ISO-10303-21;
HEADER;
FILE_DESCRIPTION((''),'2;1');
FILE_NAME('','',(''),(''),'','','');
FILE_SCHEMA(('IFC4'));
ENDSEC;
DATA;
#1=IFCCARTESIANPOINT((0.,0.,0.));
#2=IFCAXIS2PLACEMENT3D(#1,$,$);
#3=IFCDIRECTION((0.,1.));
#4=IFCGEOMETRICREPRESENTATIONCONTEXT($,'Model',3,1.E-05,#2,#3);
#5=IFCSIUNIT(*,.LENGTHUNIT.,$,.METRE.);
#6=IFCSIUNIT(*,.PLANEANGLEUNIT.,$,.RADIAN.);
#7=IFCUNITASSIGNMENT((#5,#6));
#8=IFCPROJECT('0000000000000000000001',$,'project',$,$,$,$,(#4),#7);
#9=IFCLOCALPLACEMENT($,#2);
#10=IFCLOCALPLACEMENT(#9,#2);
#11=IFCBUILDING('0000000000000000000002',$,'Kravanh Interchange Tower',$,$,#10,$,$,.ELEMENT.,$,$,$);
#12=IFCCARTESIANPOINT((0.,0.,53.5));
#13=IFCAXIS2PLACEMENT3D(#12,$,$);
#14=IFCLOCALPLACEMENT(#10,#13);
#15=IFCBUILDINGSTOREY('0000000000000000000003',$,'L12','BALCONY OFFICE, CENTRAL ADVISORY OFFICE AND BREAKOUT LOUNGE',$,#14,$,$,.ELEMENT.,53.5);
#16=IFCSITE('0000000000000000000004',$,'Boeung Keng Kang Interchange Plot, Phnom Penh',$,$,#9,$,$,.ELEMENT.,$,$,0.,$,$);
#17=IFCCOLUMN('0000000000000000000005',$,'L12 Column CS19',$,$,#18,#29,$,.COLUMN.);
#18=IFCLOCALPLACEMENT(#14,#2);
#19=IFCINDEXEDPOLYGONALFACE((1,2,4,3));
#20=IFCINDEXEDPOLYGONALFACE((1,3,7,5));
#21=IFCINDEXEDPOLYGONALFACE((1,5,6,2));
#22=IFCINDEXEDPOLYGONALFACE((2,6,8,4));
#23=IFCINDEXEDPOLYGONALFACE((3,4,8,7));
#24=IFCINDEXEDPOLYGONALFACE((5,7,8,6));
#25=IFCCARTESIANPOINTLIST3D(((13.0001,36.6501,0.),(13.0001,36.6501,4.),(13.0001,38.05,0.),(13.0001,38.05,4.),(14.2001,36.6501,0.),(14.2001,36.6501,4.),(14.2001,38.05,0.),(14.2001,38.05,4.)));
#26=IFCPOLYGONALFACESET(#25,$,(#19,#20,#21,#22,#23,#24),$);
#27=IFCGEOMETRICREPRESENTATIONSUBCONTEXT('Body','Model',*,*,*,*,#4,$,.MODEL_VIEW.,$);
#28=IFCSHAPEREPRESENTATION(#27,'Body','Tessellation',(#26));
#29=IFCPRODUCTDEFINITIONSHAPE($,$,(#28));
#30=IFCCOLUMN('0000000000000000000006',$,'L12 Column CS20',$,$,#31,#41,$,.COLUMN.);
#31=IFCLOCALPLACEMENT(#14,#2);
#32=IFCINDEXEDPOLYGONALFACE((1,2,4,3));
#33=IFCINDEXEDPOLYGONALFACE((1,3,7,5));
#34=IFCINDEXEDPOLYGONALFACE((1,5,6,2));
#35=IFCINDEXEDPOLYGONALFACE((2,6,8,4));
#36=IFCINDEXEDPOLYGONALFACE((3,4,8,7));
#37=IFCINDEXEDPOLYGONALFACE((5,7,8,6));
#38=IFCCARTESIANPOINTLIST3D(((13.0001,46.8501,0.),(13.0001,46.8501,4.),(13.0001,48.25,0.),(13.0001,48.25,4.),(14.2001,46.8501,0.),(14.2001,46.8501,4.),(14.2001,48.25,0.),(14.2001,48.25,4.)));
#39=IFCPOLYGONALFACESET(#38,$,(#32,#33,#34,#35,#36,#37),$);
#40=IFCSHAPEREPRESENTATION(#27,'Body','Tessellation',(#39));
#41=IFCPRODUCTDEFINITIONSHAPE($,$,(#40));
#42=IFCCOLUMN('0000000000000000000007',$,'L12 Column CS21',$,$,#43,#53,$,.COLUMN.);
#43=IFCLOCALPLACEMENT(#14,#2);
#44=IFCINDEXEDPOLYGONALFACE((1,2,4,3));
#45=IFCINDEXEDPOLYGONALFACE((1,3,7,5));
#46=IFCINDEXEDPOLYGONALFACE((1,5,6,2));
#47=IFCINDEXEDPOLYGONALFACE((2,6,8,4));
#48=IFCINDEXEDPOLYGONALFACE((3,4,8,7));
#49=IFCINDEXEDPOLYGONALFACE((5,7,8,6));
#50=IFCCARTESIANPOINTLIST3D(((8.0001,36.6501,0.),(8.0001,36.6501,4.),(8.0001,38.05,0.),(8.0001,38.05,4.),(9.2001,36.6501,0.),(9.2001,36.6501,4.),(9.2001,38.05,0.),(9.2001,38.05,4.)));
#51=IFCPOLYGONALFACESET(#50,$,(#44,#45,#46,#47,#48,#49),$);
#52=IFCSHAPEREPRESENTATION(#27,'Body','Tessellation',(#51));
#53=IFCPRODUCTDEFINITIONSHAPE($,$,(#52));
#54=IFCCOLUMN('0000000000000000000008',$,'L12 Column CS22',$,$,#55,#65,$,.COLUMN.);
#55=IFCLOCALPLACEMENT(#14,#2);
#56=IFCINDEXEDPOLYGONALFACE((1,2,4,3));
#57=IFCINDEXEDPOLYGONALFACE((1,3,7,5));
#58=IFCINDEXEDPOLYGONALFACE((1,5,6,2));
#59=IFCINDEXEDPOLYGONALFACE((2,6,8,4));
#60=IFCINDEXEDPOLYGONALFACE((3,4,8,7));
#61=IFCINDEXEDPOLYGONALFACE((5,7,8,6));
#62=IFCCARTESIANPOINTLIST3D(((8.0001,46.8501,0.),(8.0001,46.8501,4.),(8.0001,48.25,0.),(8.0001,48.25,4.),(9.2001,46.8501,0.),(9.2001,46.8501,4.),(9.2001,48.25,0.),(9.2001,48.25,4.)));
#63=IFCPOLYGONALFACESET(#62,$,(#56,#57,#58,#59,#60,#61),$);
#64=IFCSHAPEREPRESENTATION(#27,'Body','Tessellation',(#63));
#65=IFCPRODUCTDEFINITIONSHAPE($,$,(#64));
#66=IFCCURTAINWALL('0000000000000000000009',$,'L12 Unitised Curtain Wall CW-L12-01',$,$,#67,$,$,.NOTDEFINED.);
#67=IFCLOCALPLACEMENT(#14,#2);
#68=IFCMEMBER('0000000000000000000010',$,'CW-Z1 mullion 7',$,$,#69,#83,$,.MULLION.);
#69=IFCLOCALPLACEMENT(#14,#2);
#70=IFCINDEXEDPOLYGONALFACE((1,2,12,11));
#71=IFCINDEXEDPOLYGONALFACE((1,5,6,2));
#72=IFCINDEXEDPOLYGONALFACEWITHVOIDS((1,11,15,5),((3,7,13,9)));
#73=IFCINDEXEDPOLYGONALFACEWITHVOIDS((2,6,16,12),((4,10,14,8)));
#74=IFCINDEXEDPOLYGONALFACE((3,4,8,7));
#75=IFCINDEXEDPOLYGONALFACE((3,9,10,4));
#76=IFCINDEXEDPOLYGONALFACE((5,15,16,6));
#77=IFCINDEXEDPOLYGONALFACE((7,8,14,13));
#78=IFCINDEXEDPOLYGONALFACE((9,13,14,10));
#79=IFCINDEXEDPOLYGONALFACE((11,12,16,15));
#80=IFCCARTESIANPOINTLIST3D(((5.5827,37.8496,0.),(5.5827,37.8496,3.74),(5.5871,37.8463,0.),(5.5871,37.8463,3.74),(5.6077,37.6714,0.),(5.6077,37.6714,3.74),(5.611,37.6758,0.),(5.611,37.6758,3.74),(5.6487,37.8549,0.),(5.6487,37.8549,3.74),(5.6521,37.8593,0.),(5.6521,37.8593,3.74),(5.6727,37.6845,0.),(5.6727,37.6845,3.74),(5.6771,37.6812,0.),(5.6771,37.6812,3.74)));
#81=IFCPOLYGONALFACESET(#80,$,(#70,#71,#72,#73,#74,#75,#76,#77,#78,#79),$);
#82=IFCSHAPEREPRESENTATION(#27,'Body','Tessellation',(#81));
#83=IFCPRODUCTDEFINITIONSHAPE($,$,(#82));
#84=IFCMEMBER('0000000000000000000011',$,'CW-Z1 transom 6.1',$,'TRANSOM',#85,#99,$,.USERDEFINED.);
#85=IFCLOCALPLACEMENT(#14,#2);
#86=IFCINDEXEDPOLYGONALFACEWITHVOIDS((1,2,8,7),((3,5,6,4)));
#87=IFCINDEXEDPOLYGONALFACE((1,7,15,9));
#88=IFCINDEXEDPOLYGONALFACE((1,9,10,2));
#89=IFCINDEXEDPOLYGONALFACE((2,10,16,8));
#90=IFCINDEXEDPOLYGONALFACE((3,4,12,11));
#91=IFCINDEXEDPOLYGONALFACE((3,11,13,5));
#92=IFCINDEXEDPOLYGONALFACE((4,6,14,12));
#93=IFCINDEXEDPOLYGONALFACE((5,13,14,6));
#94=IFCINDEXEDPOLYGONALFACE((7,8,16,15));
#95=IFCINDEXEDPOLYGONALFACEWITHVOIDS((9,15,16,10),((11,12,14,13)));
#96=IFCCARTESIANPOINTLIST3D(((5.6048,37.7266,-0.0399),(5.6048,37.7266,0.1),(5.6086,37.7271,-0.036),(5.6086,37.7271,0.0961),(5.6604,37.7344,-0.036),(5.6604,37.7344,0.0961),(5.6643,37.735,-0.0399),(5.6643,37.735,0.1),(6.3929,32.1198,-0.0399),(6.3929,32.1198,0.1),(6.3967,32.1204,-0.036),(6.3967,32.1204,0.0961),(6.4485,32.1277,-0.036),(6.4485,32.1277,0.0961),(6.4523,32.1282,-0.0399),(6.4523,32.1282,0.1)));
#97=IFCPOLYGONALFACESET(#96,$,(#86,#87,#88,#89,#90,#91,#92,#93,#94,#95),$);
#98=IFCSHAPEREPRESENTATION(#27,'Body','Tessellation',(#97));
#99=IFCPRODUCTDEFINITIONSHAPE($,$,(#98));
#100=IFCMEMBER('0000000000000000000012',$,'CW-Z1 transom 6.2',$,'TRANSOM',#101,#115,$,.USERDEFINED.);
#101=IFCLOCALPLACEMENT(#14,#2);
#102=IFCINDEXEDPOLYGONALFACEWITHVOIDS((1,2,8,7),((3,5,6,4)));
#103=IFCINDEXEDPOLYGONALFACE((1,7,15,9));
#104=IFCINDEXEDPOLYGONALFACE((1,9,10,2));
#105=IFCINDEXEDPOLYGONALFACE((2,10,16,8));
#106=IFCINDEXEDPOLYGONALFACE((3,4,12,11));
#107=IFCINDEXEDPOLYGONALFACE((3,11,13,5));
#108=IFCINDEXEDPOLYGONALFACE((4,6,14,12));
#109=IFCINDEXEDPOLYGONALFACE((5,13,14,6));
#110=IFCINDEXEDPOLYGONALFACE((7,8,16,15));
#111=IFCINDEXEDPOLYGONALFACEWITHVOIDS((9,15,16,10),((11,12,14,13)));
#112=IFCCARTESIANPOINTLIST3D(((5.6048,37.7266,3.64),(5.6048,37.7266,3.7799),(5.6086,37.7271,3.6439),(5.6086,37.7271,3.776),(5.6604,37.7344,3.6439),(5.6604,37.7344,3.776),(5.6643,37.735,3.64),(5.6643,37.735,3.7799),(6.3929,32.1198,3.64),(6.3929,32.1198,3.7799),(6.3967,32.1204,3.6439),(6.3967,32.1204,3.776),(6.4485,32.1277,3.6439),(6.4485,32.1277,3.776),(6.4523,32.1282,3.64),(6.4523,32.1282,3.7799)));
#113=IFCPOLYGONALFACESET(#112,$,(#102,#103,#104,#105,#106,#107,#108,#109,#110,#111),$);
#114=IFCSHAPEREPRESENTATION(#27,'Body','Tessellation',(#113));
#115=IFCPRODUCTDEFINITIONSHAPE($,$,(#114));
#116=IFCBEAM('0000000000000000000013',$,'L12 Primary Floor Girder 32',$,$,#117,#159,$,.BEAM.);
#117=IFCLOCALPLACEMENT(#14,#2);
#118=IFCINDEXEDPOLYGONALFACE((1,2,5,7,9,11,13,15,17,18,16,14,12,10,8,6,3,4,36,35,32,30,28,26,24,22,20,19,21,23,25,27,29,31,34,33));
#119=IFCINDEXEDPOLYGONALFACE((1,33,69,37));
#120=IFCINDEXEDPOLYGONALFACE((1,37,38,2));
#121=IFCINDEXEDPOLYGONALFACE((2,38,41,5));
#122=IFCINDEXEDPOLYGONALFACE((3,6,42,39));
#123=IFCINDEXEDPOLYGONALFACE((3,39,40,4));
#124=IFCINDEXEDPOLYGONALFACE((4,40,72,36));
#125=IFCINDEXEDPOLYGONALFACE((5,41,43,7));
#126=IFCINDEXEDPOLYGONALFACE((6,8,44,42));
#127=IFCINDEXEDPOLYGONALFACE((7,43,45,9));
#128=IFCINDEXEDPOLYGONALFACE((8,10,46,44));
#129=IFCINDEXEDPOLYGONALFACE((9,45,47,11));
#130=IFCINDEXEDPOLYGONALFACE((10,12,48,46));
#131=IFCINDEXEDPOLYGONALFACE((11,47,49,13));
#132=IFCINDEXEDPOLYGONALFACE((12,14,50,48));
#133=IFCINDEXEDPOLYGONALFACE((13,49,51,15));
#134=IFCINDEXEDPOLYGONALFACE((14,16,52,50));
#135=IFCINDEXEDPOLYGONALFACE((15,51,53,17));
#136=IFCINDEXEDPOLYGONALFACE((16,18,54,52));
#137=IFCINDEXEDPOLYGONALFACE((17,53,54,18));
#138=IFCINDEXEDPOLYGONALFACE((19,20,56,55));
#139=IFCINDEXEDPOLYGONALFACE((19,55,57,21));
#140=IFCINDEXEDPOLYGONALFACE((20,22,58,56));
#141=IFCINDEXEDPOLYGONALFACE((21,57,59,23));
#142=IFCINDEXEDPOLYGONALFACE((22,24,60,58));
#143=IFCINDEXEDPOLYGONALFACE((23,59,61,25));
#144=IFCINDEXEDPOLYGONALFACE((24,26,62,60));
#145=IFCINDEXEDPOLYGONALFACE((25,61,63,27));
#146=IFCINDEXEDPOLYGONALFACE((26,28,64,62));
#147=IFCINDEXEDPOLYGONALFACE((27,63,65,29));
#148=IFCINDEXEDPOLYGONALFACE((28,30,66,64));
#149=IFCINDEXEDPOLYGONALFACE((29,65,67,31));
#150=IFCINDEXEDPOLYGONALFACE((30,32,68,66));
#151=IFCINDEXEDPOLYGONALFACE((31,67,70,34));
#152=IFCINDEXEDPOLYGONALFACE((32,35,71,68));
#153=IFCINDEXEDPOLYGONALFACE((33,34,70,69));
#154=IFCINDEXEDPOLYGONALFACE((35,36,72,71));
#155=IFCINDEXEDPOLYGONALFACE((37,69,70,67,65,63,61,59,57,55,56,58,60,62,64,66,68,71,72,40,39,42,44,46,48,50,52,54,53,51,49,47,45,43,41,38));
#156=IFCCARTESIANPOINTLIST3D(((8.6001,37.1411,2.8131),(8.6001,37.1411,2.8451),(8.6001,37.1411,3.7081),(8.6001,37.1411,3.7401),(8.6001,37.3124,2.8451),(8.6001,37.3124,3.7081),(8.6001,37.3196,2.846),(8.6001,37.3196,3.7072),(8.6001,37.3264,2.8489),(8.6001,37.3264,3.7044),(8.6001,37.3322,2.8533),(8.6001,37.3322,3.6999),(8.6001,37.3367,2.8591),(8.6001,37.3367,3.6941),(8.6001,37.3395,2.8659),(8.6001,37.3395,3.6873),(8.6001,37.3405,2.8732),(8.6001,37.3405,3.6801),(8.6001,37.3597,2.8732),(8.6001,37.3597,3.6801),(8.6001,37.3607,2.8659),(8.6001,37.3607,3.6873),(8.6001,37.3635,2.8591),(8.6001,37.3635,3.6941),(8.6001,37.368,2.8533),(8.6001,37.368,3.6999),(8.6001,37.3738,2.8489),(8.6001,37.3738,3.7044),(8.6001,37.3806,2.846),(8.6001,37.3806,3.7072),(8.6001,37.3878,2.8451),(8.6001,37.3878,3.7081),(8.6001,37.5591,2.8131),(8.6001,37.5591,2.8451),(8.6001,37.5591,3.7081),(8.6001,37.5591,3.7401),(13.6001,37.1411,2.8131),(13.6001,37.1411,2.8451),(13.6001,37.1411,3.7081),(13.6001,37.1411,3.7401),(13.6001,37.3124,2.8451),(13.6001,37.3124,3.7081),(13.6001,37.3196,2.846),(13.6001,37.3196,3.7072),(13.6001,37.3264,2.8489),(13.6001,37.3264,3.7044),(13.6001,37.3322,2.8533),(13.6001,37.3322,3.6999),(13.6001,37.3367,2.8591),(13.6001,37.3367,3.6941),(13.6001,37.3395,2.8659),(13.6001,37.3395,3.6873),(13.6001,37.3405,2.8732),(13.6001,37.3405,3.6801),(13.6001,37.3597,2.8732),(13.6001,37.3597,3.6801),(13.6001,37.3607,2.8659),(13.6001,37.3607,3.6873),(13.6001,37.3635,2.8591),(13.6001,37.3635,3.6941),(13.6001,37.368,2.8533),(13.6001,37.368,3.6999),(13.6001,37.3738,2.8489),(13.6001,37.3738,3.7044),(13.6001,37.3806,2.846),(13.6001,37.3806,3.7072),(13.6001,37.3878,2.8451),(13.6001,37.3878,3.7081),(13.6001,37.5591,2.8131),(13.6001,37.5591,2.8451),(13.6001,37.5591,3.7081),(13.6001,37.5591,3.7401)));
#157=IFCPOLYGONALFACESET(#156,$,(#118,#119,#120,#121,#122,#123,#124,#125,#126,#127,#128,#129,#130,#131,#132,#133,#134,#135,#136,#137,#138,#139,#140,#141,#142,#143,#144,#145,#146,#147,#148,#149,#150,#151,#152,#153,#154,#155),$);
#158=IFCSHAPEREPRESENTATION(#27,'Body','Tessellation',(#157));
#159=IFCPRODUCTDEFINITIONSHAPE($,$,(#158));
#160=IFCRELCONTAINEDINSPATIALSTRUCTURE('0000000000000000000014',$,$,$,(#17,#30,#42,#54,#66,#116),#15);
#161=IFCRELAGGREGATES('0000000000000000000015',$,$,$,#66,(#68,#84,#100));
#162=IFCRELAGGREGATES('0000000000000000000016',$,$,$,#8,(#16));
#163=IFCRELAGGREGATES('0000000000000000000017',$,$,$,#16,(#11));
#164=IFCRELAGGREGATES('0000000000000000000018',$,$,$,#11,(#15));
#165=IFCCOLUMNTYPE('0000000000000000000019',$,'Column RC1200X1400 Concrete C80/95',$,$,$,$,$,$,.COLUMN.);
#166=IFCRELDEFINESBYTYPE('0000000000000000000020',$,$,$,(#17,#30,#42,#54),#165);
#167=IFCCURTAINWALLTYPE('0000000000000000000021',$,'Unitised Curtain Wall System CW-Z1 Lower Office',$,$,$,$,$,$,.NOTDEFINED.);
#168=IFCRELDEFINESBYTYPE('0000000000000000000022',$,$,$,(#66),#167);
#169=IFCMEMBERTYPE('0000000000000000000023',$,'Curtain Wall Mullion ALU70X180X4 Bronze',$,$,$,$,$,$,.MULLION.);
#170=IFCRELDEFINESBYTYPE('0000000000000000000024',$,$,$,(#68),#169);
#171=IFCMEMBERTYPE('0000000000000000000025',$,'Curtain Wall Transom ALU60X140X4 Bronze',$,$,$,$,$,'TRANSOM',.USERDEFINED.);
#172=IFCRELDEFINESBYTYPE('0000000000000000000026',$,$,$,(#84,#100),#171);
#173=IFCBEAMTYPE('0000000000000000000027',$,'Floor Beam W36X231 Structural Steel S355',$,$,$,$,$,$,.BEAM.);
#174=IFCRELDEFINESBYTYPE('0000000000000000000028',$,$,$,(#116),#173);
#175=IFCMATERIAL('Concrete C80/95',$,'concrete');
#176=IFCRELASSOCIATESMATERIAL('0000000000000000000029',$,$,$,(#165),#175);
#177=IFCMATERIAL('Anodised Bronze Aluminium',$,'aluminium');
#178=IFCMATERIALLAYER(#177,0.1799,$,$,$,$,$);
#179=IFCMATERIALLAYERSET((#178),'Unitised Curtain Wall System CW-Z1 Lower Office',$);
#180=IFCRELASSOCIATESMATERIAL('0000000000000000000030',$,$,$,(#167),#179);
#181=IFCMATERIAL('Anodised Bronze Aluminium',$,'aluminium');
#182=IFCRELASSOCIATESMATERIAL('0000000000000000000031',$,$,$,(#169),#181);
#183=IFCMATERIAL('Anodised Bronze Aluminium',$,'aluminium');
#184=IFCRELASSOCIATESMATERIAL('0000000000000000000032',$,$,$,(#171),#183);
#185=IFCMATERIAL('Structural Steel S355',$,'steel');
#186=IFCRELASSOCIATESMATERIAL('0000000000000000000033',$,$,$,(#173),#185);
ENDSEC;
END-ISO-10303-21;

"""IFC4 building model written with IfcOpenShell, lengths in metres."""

from ifc_helpers import new_model, si_unit, direction, frame, origin, origin_2d, place, context, subcontext, project, spatial, rectangle, hollow_rectangle, i_section, extrude, material, layer, layer_set, material_profile, profile_set, type_object, element, aggregate, save


model = new_model("IFC4")

# Units and contexts
model_context = context("Model", 3, precision=1e-05, world=origin(), true_north=direction((0.0, 1.0)))
body_context = subcontext(model_context, "Body", "Model", "MODEL_VIEW")
ifc_project = project(units=[si_unit("LENGTHUNIT", "METRE"), si_unit("PLANEANGLEUNIT", "RADIAN")], contexts=[model_context])

# Site, building, storey
site_placement = place(None, origin())
site = spatial("IfcSite", under=ifc_project, at=site_placement, Name="Boeung Keng Kang Interchange Plot, Phnom Penh", CompositionType="ELEMENT", RefElevation=0.0)
building_placement = place(site_placement, origin())
building = spatial("IfcBuilding", under=site, at=building_placement, Name="Kravanh Interchange Tower", CompositionType="ELEMENT")
storey_placement = place(building_placement, frame((0.0, 0.0, 53.5)))
storey = spatial("IfcBuildingStorey", under=building, at=storey_placement, Name="L12", Description="BALCONY OFFICE, CENTRAL ADVISORY OFFICE AND BREAKOUT LOUNGE", CompositionType="ELEMENT", Elevation=53.5)

# Columns
ifc_material_1 = material(Name="Concrete C80/95", Category="concrete")
ifc_material_profile_1 = material_profile(ifc_material_1, rectangle(XDim=1.2, YDim=1.3999, at=origin_2d()), Name="RC1200X1400")
ifc_profile_set_1 = profile_set([ifc_material_profile_1], Name="Concrete C80/95")
column_type = type_object("IfcColumnType", Name="Column RC1200X1400 Concrete C80/95", PredefinedType="COLUMN", material=ifc_profile_set_1)
for number, where, z_axis, x_axis, name in (
    (1, (13.6001, 37.3501, 0.0), (0.0, 0.0, 1.0), (1.0, 0.0, 0.0), "L12 Column CS19"),
    (2, (13.6001, 47.55, 0.0), (0.0, 0.0, 1.0), (1.0, 0.0, 0.0), "L12 Column CS20"),
    (3, (8.6001, 37.3501, 0.0), (0.0, 0.0, 1.0), (1.0, 0.0, 0.0), "L12 Column CS21"),
    (4, (8.6001, 47.55, 0.0), (0.0, 0.0, 1.0), (1.0, 0.0, 0.0), "L12 Column CS22"),
):
    element("IfcColumn", number, at=place(storey_placement, frame(where, z_axis=z_axis, x_axis=x_axis)), inside=storey, type_object=column_type, Name=name, PredefinedType="COLUMN", context=body_context, shape_type="SweptSolid", body=[
        extrude(rectangle(XDim=1.2, YDim=1.3999, at=origin_2d()), origin(), (0.0, 0.0, 1.0), 4.0),
    ])

# Curtain wall, members
ifc_material_2 = material(Name="Anodised Bronze Aluminium", Category="aluminium")
ifc_layer_1 = layer(ifc_material_2, 0.1799)
ifc_layer_set_1 = layer_set([ifc_layer_1], Name="Unitised Curtain Wall System CW-Z1 Lower Office")
curtain_wall_type = type_object("IfcCurtainWallType", Name="Unitised Curtain Wall System CW-Z1 Lower Office", PredefinedType="NOTDEFINED", material=ifc_layer_set_1)
curtain_wall_placement = place(storey_placement, origin())
curtain_wall = element("IfcCurtainWall", 5, at=curtain_wall_placement, inside=storey, type_object=curtain_wall_type, Name="L12 Unitised Curtain Wall CW-L12-01", PredefinedType="NOTDEFINED")
ifc_material_3 = material(Name="Anodised Bronze Aluminium", Category="aluminium")
ifc_material_profile_2 = material_profile(ifc_material_3, hollow_rectangle(XDim=0.0701, YDim=0.1799, WallThickness=0.0039, at=origin_2d()), Name="ALU70X180X4")
ifc_profile_set_2 = profile_set([ifc_material_profile_2], Name="Anodised Bronze Aluminium")
member_type_1 = type_object("IfcMemberType", Name="Curtain Wall Mullion ALU70X180X4 Bronze", PredefinedType="MULLION", material=ifc_profile_set_2)
member_1_placement = place(storey_placement, frame((5.6299, 37.7654, 0.0), z_axis=(0.0, 0.0, 1.0), x_axis=(-0.990268, -0.139177, 0.0)))
member_1 = element("IfcMember", 6, at=member_1_placement, type_object=member_type_1, Name="CW-Z1 mullion 7", PredefinedType="MULLION", context=body_context, shape_type="SweptSolid", body=[
    extrude(hollow_rectangle(XDim=0.0701, YDim=0.1799, WallThickness=0.0039, at=origin_2d()), origin(), (0.0, 0.0, 1.0), 3.74),
])
ifc_material_4 = material(Name="Anodised Bronze Aluminium", Category="aluminium")
ifc_material_profile_3 = material_profile(ifc_material_4, hollow_rectangle(XDim=0.0601, YDim=0.1399, WallThickness=0.0039, at=origin_2d()), Name="ALU60X140X4")
ifc_profile_set_3 = profile_set([ifc_material_profile_3], Name="Anodised Bronze Aluminium")
member_type_2 = type_object("IfcMemberType", Name="Curtain Wall Transom ALU60X140X4 Bronze", ElementType="TRANSOM", PredefinedType="USERDEFINED", material=ifc_profile_set_3)
member_2_placement = place(storey_placement, frame((6.4226, 32.124, 0.03), z_axis=(-0.139193, 0.990265, 0.0), x_axis=(-0.990265, -0.139193, 0.0)))
member_2 = element("IfcMember", 7, at=member_2_placement, type_object=member_type_2, Name="CW-Z1 transom 6.1", ObjectType="TRANSOM", PredefinedType="USERDEFINED", context=body_context, shape_type="SweptSolid", body=[
    extrude(hollow_rectangle(XDim=0.0601, YDim=0.1399, WallThickness=0.0039, at=origin_2d()), origin(), (0.0, 0.0, 1.0), 5.6619),
])
member_3_placement = place(storey_placement, frame((6.4226, 32.124, 3.71), z_axis=(-0.139193, 0.990265, 0.0), x_axis=(-0.990265, -0.139193, 0.0)))
member_3 = element("IfcMember", 8, at=member_3_placement, type_object=member_type_2, Name="CW-Z1 transom 6.2", ObjectType="TRANSOM", PredefinedType="USERDEFINED", context=body_context, shape_type="SweptSolid", body=[
    extrude(hollow_rectangle(XDim=0.0601, YDim=0.1399, WallThickness=0.0039, at=origin_2d()), origin(), (0.0, 0.0, 1.0), 5.6619),
])

# Beam
ifc_material_5 = material(Name="Structural Steel S355", Category="steel")
ifc_material_profile_4 = material_profile(ifc_material_5, i_section(OverallWidth=0.418, OverallDepth=0.927, WebThickness=0.0193, FlangeThickness=0.032, FilletRadius=0.0281, at=origin_2d()), Name="W36X231")
ifc_profile_set_4 = profile_set([ifc_material_profile_4], Name="Structural Steel S355")
beam_type = type_object("IfcBeamType", Name="Floor Beam W36X231 Structural Steel S355", PredefinedType="BEAM", material=ifc_profile_set_4)
beam_1_placement = place(storey_placement, frame((13.6001, 37.3501, 3.2766), z_axis=(-1.0, 0.0, 0.0), x_axis=(0.0, -1.0, 0.0)))
element("IfcBeam", 9, at=beam_1_placement, inside=storey, type_object=beam_type, Name="L12 Primary Floor Girder 32", PredefinedType="BEAM", context=body_context, shape_type="SweptSolid", body=[
    extrude(i_section(OverallWidth=0.418, OverallDepth=0.927, WebThickness=0.0193, FlangeThickness=0.032, FilletRadius=0.0281, at=origin_2d()), origin(), (0.0, 0.0, 1.0), 5.0),
])

aggregate(curtain_wall, [member_1, member_2, member_3])

save(model, "model.ifc")
